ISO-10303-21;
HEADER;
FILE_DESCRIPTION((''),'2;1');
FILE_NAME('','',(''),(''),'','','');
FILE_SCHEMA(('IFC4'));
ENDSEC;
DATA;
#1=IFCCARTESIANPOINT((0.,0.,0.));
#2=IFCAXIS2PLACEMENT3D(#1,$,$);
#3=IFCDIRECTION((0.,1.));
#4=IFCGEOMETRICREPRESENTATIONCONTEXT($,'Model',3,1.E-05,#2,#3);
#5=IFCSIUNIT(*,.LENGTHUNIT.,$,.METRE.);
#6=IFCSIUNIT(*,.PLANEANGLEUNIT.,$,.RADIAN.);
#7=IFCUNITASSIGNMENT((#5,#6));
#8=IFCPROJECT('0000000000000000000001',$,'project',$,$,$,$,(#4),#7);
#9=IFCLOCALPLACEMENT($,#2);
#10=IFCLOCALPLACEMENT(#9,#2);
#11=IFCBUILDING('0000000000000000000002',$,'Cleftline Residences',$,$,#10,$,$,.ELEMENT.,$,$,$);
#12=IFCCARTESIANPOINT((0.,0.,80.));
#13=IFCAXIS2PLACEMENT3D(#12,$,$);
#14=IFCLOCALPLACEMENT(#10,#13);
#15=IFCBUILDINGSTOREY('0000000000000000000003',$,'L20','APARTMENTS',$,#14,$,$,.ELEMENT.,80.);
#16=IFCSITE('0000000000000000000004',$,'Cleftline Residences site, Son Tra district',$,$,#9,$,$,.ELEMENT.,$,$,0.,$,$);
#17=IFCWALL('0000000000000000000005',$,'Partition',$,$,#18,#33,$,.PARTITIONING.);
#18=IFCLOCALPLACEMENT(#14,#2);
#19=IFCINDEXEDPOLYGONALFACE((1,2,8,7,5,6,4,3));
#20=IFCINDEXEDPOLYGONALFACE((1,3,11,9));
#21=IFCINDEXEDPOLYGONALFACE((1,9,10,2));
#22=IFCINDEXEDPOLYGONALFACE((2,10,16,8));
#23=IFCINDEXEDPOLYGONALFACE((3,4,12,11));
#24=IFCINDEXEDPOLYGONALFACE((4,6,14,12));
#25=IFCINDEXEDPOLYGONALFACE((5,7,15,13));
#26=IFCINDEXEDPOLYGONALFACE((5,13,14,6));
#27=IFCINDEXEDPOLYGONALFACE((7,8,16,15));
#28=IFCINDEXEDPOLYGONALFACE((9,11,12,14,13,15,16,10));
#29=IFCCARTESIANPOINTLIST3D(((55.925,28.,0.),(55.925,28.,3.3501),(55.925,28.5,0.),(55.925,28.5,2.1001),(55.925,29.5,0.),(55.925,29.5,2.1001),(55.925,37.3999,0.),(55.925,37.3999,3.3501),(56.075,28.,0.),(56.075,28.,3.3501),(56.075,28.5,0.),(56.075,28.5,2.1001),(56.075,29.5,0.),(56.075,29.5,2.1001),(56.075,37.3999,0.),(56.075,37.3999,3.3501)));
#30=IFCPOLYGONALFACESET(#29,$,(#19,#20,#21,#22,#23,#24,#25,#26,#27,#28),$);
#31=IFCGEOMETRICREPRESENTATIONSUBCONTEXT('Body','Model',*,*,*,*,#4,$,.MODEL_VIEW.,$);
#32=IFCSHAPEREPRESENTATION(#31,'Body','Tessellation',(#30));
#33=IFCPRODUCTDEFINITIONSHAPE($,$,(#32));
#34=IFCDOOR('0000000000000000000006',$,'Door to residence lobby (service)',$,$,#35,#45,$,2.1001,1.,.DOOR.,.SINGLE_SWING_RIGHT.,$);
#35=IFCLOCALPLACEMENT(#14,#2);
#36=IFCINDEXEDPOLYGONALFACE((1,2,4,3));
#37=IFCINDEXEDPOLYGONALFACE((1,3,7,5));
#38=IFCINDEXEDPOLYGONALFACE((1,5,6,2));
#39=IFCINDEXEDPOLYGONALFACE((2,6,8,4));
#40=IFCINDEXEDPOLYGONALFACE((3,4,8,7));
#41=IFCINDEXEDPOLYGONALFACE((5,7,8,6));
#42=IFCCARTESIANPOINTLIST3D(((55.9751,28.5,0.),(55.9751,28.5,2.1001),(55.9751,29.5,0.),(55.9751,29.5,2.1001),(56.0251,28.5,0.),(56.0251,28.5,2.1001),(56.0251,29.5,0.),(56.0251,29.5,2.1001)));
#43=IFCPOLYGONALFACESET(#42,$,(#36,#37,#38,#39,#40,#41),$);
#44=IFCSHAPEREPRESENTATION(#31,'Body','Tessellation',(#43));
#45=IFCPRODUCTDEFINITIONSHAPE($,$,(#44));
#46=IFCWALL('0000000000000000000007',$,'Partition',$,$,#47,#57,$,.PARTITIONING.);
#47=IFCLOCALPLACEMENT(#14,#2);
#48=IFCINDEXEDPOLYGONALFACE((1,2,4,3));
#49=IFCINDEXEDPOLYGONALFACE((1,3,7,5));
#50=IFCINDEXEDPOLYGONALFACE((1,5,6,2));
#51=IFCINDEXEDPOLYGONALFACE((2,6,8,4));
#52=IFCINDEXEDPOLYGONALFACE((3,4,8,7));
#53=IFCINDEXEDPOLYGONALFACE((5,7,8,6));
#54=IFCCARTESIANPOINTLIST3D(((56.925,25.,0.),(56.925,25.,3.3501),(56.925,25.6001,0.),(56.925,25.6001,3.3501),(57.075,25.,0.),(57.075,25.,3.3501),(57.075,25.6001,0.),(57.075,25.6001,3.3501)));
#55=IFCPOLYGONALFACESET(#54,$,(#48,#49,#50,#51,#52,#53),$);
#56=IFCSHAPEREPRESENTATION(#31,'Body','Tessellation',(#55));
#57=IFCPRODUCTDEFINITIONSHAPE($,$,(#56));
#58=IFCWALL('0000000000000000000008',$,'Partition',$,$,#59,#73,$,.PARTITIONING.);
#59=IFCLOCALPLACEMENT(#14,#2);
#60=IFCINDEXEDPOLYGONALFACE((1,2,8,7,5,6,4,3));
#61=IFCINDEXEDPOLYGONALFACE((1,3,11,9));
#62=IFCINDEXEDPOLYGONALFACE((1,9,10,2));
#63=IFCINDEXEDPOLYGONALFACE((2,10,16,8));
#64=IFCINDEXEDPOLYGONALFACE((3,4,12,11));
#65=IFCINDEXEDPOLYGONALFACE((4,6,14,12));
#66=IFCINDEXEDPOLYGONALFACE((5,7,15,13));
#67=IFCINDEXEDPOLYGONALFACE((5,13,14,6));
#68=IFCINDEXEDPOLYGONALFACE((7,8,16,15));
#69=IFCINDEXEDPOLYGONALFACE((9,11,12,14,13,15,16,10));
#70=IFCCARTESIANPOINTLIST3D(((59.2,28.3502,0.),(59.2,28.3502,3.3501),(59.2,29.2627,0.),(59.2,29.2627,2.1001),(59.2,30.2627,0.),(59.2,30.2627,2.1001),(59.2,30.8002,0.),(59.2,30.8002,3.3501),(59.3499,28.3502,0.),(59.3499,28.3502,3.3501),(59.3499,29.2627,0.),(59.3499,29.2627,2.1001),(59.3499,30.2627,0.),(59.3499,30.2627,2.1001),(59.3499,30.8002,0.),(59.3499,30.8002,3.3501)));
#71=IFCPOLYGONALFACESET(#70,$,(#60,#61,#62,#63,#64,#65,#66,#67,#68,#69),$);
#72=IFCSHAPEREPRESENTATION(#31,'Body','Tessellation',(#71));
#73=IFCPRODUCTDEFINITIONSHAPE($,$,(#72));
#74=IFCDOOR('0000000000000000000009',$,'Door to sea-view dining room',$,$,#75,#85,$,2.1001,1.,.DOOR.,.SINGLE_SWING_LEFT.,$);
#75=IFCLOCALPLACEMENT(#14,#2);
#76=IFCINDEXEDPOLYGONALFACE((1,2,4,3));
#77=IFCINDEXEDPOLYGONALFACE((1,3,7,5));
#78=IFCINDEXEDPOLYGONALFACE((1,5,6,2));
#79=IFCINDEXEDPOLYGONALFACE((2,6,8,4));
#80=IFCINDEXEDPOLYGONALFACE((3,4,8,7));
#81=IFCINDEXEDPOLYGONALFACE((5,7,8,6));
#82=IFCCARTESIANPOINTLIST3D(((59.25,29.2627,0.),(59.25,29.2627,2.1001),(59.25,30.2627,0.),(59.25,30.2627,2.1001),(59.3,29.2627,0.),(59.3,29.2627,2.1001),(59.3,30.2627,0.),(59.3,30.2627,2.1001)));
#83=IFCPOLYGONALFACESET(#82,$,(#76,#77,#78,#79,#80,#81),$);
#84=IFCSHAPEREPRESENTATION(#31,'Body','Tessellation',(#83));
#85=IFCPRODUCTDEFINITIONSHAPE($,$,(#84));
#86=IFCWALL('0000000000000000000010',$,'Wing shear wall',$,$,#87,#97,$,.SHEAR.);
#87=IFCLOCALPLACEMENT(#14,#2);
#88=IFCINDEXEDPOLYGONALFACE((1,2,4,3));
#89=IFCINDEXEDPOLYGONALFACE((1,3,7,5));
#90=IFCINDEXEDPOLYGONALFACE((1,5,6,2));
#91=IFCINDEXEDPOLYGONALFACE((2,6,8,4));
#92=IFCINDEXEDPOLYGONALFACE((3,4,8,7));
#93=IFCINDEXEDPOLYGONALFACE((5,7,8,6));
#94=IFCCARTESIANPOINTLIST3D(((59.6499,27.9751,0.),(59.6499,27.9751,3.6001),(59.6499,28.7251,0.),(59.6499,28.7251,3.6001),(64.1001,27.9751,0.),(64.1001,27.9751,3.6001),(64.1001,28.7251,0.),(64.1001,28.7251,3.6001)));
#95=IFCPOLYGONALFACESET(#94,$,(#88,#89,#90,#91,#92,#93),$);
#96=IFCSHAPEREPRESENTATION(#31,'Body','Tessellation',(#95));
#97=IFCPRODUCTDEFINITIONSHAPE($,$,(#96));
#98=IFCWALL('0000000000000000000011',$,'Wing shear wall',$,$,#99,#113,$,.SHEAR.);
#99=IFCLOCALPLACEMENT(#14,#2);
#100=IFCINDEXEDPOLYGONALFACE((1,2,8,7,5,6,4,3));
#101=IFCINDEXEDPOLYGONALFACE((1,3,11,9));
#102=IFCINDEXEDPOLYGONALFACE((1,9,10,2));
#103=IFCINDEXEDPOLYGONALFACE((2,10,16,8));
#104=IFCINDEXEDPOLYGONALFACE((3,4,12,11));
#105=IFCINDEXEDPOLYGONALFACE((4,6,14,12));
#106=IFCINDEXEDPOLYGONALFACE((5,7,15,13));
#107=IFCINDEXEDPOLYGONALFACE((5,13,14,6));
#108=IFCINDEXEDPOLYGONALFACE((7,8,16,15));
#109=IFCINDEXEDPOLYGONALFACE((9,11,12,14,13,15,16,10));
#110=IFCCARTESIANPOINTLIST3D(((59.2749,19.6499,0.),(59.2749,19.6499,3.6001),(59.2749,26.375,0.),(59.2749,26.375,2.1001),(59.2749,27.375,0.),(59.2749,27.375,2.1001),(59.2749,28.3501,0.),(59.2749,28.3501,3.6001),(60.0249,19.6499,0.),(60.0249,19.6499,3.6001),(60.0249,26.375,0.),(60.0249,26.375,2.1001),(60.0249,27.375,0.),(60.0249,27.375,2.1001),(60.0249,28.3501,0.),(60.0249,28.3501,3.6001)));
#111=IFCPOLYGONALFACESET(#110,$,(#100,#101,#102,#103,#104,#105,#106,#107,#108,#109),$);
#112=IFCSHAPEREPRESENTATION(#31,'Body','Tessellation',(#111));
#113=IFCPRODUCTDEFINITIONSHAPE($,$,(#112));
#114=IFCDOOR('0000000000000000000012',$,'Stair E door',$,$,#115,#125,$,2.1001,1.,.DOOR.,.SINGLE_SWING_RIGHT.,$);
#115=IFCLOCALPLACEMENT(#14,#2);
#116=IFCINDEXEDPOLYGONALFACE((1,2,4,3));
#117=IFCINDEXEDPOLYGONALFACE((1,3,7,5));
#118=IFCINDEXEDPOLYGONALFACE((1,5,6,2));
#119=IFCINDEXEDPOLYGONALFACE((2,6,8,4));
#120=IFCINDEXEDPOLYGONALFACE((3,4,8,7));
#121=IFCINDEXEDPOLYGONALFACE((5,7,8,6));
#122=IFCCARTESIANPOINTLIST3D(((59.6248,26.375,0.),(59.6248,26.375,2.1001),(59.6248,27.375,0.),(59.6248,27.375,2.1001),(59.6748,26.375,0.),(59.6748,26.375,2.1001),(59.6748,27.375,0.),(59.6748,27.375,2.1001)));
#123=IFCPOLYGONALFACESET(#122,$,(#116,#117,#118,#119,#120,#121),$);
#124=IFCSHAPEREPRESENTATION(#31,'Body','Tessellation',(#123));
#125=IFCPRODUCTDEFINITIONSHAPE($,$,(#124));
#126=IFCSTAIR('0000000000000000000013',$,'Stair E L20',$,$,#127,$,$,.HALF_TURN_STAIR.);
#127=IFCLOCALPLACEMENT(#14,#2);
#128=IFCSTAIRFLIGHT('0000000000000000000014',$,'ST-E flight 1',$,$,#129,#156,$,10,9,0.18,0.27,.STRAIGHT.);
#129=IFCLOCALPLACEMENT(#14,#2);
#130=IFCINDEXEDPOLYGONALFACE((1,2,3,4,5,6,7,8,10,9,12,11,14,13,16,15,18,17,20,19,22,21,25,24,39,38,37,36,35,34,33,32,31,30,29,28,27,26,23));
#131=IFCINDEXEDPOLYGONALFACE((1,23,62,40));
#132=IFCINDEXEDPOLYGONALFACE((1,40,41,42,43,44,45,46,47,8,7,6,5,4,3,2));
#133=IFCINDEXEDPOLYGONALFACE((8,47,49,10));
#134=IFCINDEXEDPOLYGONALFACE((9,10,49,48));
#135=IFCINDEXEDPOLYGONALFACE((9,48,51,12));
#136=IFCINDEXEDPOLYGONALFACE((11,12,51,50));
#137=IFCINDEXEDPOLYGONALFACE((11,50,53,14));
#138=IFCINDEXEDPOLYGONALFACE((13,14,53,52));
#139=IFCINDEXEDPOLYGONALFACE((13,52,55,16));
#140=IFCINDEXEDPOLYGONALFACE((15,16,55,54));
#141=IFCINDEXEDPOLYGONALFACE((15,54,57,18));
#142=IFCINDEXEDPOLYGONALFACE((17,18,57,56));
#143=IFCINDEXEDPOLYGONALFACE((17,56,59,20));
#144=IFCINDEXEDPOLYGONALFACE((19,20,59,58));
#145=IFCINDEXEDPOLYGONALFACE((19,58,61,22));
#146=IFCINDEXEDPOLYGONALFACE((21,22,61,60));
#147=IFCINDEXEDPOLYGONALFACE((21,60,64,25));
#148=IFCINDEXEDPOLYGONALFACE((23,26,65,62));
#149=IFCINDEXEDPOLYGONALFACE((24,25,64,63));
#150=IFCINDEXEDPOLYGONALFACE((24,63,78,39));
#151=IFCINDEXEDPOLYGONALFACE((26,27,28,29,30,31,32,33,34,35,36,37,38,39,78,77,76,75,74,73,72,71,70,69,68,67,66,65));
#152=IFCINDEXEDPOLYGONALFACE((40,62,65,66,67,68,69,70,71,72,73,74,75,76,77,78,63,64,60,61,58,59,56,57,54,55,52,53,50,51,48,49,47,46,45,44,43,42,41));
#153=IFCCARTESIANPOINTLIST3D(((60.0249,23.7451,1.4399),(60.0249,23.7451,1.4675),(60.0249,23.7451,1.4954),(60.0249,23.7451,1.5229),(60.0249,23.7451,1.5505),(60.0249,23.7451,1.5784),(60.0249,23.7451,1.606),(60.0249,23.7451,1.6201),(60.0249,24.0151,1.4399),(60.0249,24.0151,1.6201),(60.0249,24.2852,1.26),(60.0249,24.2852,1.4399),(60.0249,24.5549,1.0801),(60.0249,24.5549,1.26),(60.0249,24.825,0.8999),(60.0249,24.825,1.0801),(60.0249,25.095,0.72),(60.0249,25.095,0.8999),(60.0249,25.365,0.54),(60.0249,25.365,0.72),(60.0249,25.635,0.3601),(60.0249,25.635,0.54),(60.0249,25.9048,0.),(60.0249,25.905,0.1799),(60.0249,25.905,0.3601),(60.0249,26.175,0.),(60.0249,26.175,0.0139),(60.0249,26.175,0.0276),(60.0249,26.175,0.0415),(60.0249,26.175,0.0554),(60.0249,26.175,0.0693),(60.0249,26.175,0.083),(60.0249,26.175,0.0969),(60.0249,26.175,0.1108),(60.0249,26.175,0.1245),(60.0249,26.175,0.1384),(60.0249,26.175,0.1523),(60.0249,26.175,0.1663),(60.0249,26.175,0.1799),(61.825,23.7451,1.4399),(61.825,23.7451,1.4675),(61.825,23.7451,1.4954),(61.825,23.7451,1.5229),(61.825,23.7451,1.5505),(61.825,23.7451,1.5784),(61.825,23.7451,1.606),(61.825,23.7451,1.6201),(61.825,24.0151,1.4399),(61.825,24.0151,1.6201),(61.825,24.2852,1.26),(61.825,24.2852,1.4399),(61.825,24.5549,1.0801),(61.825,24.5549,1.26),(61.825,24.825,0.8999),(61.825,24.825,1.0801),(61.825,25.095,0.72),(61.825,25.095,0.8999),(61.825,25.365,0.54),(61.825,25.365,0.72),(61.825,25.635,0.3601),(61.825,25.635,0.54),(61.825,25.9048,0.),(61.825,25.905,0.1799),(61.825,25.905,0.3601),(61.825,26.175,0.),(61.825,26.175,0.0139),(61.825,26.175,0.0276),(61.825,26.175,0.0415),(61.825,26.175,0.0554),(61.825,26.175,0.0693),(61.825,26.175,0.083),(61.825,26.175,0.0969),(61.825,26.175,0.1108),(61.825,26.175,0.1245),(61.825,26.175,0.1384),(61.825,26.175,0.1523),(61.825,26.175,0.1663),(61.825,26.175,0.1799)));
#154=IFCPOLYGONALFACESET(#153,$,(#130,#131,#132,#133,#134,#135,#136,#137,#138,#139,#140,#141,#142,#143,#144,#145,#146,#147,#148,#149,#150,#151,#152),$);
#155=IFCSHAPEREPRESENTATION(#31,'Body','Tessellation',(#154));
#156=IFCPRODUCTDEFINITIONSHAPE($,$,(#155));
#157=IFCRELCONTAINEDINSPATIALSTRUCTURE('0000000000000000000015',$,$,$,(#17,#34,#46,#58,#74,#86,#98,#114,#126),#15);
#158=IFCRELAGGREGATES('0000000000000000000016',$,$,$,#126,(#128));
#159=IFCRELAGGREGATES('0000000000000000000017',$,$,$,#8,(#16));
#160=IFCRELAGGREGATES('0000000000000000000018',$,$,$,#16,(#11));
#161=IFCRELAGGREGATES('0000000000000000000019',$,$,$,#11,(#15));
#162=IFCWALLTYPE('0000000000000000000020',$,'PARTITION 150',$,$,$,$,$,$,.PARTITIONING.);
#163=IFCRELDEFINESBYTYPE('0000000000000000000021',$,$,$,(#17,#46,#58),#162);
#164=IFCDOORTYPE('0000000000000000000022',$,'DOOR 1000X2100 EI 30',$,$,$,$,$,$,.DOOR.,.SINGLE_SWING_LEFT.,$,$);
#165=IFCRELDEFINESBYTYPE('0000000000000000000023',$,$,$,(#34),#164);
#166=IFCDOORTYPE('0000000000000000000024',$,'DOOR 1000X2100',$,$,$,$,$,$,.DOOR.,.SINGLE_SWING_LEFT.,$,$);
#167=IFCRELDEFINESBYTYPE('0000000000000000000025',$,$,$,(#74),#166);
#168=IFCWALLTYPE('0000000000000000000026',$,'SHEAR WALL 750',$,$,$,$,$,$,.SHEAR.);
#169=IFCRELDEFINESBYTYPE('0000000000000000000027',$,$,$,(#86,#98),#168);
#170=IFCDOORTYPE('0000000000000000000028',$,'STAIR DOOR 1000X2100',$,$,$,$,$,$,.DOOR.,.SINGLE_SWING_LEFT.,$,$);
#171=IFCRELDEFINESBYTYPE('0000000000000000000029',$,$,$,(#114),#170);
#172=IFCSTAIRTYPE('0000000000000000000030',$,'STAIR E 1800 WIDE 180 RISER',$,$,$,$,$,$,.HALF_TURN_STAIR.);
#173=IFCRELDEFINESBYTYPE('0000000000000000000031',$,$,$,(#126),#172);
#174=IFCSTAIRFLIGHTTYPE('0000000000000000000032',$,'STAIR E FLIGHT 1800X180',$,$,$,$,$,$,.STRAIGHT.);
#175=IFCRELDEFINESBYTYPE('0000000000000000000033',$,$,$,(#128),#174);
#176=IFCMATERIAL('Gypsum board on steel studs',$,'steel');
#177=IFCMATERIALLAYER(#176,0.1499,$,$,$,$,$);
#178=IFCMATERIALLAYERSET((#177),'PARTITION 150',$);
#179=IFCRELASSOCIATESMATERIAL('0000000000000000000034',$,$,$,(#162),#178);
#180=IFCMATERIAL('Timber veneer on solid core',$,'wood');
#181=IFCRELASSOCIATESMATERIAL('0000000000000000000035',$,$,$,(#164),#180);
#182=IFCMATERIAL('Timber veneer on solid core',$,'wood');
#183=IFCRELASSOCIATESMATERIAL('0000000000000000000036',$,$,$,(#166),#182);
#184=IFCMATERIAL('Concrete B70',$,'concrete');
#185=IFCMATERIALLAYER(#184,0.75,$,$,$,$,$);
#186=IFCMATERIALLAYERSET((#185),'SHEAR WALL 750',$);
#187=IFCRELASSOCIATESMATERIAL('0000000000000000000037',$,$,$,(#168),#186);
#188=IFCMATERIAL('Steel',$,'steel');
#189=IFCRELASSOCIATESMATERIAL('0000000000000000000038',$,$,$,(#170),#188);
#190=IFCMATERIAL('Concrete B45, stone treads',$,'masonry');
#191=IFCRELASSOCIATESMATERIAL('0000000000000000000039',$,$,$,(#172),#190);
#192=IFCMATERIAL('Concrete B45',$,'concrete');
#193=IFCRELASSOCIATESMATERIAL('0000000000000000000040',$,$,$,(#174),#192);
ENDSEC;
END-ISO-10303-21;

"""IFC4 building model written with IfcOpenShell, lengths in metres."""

from ifc_helpers import new_model, si_unit, direction, frame, frame_2d, origin, place, context, subcontext, project, spatial, polyline, rectangle, outline, extrude, material, layer, layer_set, type_object, element, fill, aggregate, save


model = new_model("IFC4")

# Units and contexts
model_context = context("Model", 3, precision=1e-05, world=origin(), true_north=direction((0.0, 1.0)))
body_context = subcontext(model_context, "Body", "Model", "MODEL_VIEW")
ifc_project = project(units=[si_unit("LENGTHUNIT", "METRE"), si_unit("PLANEANGLEUNIT", "RADIAN")], contexts=[model_context])

# Site, building, storey
site_placement = place(None, origin())
site = spatial("IfcSite", under=ifc_project, at=site_placement, Name="Cleftline Residences site, Son Tra district", CompositionType="ELEMENT", RefElevation=0.0)
building_placement = place(site_placement, origin())
building = spatial("IfcBuilding", under=site, at=building_placement, Name="Cleftline Residences", CompositionType="ELEMENT")
storey_placement = place(building_placement, frame((0.0, 0.0, 80.0)))
storey = spatial("IfcBuildingStorey", under=building, at=storey_placement, Name="L20", Description="APARTMENTS", CompositionType="ELEMENT", Elevation=80.0)

# Shared definitions
ifc_material_1 = material(Name="Gypsum board on steel studs", Category="steel")
ifc_layer_1 = layer(ifc_material_1, 0.1499)
ifc_layer_set_1 = layer_set([ifc_layer_1], Name="PARTITION 150")
wall_type_1 = type_object("IfcWallType", Name="PARTITION 150", PredefinedType="PARTITIONING", material=ifc_layer_set_1)

# Wall, opening, door
wall_1_placement = place(storey_placement, frame((56.0, 28.0, 0.0), z_axis=(0.0, 0.0, 1.0), x_axis=(0.0, 1.0, 0.0)))
wall_1 = element("IfcWall", 1, at=wall_1_placement, inside=storey, type_object=wall_type_1, Name="Partition", PredefinedType="PARTITIONING", context=body_context, shape_type="SweptSolid", body=[
    extrude(rectangle(XDim=9.3999, YDim=0.1499, at=frame_2d((4.7, 0.0))), origin(), (0.0, 0.0, 1.0), 3.3501),
])
opening_1_placement = place(wall_1_placement, frame((0.5, 0.0, 0.0)))
opening_1 = element("IfcOpeningElement", 2, at=opening_1_placement, cuts=wall_1, PredefinedType="OPENING", context=body_context, shape_type="SweptSolid", body=[
    extrude(rectangle(XDim=1.0, YDim=2.1001, at=frame_2d((0.5, 1.05))), frame((0.0, 0.085, 0.0), z_axis=(0.0, -1.0, 0.0), x_axis=(1.0, 0.0, 0.0)), (0.0, 0.0, 1.0), 0.1699),
])
ifc_material_2 = material(Name="Timber veneer on solid core", Category="wood")
door_type_1 = type_object("IfcDoorType", Name="DOOR 1000X2100 EI 30", OperationType="SINGLE_SWING_LEFT", PredefinedType="DOOR", material=ifc_material_2)
door_1_placement = place(opening_1_placement, origin())
door_1 = element("IfcDoor", 3, at=door_1_placement, inside=storey, type_object=door_type_1, Name="Door to residence lobby (service)", OperationType="SINGLE_SWING_RIGHT", OverallHeight=2.1001, OverallWidth=1.0, PredefinedType="DOOR", context=body_context, shape_type="SweptSolid", body=[
    extrude(rectangle(XDim=1.0, YDim=2.1001, at=frame_2d((0.5, 1.05))), frame((0.0, 0.0249, 0.0), z_axis=(0.0, -1.0, 0.0), x_axis=(1.0, 0.0, 0.0)), (0.0, 0.0, 1.0), 0.05),
])
fill(opening_1, door_1)

# Wall
wall_2_placement = place(storey_placement, frame((57.0, 25.0, 0.0), z_axis=(0.0, 0.0, 1.0), x_axis=(0.0, 1.0, 0.0)))
element("IfcWall", 4, at=wall_2_placement, inside=storey, type_object=wall_type_1, Name="Partition", PredefinedType="PARTITIONING", context=body_context, shape_type="SweptSolid", body=[
    extrude(rectangle(XDim=0.6001, YDim=0.1499, at=frame_2d((0.3, 0.0))), origin(), (0.0, 0.0, 1.0), 3.3501),
])

# Wall, opening, door
wall_3_placement = place(storey_placement, frame((59.2749, 28.3501, 0.0), z_axis=(0.0, 0.0, 1.0), x_axis=(0.0, 1.0, 0.0)))
wall_3 = element("IfcWall", 5, at=wall_3_placement, inside=storey, type_object=wall_type_1, Name="Partition", PredefinedType="PARTITIONING", context=body_context, shape_type="SweptSolid", body=[
    extrude(rectangle(XDim=2.45, YDim=0.1499, at=frame_2d((1.2251, 0.0))), origin(), (0.0, 0.0, 1.0), 3.3501),
])
opening_2_placement = place(wall_3_placement, frame((0.9126, 0.0, 0.0)))
opening_2 = element("IfcOpeningElement", 6, at=opening_2_placement, cuts=wall_3, PredefinedType="OPENING", context=body_context, shape_type="SweptSolid", body=[
    extrude(rectangle(XDim=1.0, YDim=2.1001, at=frame_2d((0.5, 1.05))), frame((0.0, 0.085, 0.0), z_axis=(0.0, -1.0, 0.0), x_axis=(1.0, 0.0, 0.0)), (0.0, 0.0, 1.0), 0.1699),
])
ifc_material_3 = material(Name="Timber veneer on solid core", Category="wood")
door_type_2 = type_object("IfcDoorType", Name="DOOR 1000X2100", OperationType="SINGLE_SWING_LEFT", PredefinedType="DOOR", material=ifc_material_3)
door_2_placement = place(opening_2_placement, origin())
door_2 = element("IfcDoor", 7, at=door_2_placement, inside=storey, type_object=door_type_2, Name="Door to sea-view dining room", OperationType="SINGLE_SWING_LEFT", OverallHeight=2.1001, OverallWidth=1.0, PredefinedType="DOOR", context=body_context, shape_type="SweptSolid", body=[
    extrude(rectangle(XDim=1.0, YDim=2.1001, at=frame_2d((0.5, 1.05))), frame((0.0, 0.0249, 0.0), z_axis=(0.0, -1.0, 0.0), x_axis=(1.0, 0.0, 0.0)), (0.0, 0.0, 1.0), 0.05),
])
fill(opening_2, door_2)

# Wall
ifc_material_4 = material(Name="Concrete B70", Category="concrete")
ifc_layer_2 = layer(ifc_material_4, 0.75)
ifc_layer_set_2 = layer_set([ifc_layer_2], Name="SHEAR WALL 750")
wall_type_2 = type_object("IfcWallType", Name="SHEAR WALL 750", PredefinedType="SHEAR", material=ifc_layer_set_2)
wall_4_placement = place(storey_placement, frame((64.1001, 28.3501, 0.0), z_axis=(0.0, 0.0, 1.0), x_axis=(-1.0, 0.0, 0.0)))
element("IfcWall", 8, at=wall_4_placement, inside=storey, type_object=wall_type_2, Name="Wing shear wall", PredefinedType="SHEAR", context=body_context, shape_type="SweptSolid", body=[
    extrude(rectangle(XDim=4.4502, YDim=0.75, at=frame_2d((2.2251, 0.0))), origin(), (0.0, 0.0, 1.0), 3.6001),
])

# Wall, opening, door
wall_5_placement = place(storey_placement, frame((59.6499, 28.3501, 0.0), z_axis=(0.0, 0.0, 1.0), x_axis=(0.0, -1.0, 0.0)))
wall_5 = element("IfcWall", 9, at=wall_5_placement, inside=storey, type_object=wall_type_2, Name="Wing shear wall", PredefinedType="SHEAR", context=body_context, shape_type="SweptSolid", body=[
    extrude(rectangle(XDim=8.7002, YDim=0.75, at=frame_2d((4.3501, 0.0))), origin(), (0.0, 0.0, 1.0), 3.6001),
])
opening_3_placement = place(wall_5_placement, frame((0.9751, 0.0, 0.0)))
opening_3 = element("IfcOpeningElement", 10, at=opening_3_placement, cuts=wall_5, PredefinedType="OPENING", context=body_context, shape_type="SweptSolid", body=[
    extrude(rectangle(XDim=1.0, YDim=2.1001, at=frame_2d((0.5, 1.05))), frame((0.0, 0.385, 0.0), z_axis=(0.0, -1.0, 0.0), x_axis=(1.0, 0.0, 0.0)), (0.0, 0.0, 1.0), 0.77),
])
ifc_material_5 = material(Name="Steel", Category="steel")
door_type_3 = type_object("IfcDoorType", Name="STAIR DOOR 1000X2100", OperationType="SINGLE_SWING_LEFT", PredefinedType="DOOR", material=ifc_material_5)
door_3_placement = place(opening_3_placement, origin())
door_3 = element("IfcDoor", 11, at=door_3_placement, inside=storey, type_object=door_type_3, Name="Stair E door", OperationType="SINGLE_SWING_RIGHT", OverallHeight=2.1001, OverallWidth=1.0, PredefinedType="DOOR", context=body_context, shape_type="SweptSolid", body=[
    extrude(rectangle(XDim=1.0, YDim=2.1001, at=frame_2d((0.5, 1.05))), frame((0.0, 0.0249, 0.0), z_axis=(0.0, -1.0, 0.0), x_axis=(1.0, 0.0, 0.0)), (0.0, 0.0, 1.0), 0.05),
])
fill(opening_3, door_3)

# Stair, stair flight
ifc_material_6 = material(Name="Concrete B45, stone treads", Category="masonry")
stair_type = type_object("IfcStairType", Name="STAIR E 1800 WIDE 180 RISER", PredefinedType="HALF_TURN_STAIR", material=ifc_material_6)
stair_placement = place(storey_placement, origin())
stair = element("IfcStair", 12, at=stair_placement, inside=storey, type_object=stair_type, Name="Stair E L20", PredefinedType="HALF_TURN_STAIR")
ifc_material_7 = material(Name="Concrete B45", Category="concrete")
stair_flight_type = type_object("IfcStairFlightType", Name="STAIR E FLIGHT 1800X180", PredefinedType="STRAIGHT", material=ifc_material_7)
stair_flight_placement = place(storey_placement, frame((60.925, 26.175, 0.0), z_axis=(0.0, 0.0, 1.0), x_axis=(0.0, -1.0, 0.0)))
stair_flight = element("IfcStairFlight", 13, at=stair_flight_placement, type_object=stair_flight_type, Name="ST-E flight 1", NumberOfRisers=10, NumberOfTreads=9, PredefinedType="STRAIGHT", RiserHeight=0.18, TreadLength=0.27, context=body_context, shape_type="SweptSolid", body=[
    extrude(outline(polyline([(0.0, 0.0), (0.0, 0.0139), (0.0, 0.0276), (0.0, 0.0415), (0.0, 0.0554), (0.0, 0.0693), (0.0, 0.083), (0.0, 0.0969), (0.0, 0.1108), (0.0, 0.1245), (0.0, 0.1384), (0.0, 0.1523), (0.0, 0.1663), (0.0, 0.1799), (0.27, 0.1799), (0.27, 0.3601), (0.54, 0.3601), (0.54, 0.54), (0.8101, 0.54), (0.8101, 0.72), (1.0801, 0.72), (1.0801, 0.8999), (1.3501, 0.8999), (1.3501, 1.0801), (1.6201, 1.0801), (1.6201, 1.26), (1.8899, 1.26), (1.8899, 1.4399), (2.1599, 1.4399), (2.1599, 1.6201), (2.4299, 1.6201), (2.4299, 1.8), (2.4299, 1.7722), (2.4299, 1.7446), (2.4299, 1.7168), (2.4299, 1.6892), (2.4299, 1.6614), (2.4299, 1.6338), (2.4299, 1.606), (2.4299, 1.5784), (2.4299, 1.5505), (2.4299, 1.5229), (2.4299, 1.4954), (2.4299, 1.4675), (2.4299, 1.4399), (0.2703, 0.0), (0.0, 0.0)])), frame((0.0, 0.8999, 0.0), z_axis=(0.0, -1.0, 0.0), x_axis=(1.0, 0.0, 0.0)), (0.0, 0.0, 1.0), 1.8),
])
aggregate(stair, [stair_flight])

save(model, "model.ifc")
